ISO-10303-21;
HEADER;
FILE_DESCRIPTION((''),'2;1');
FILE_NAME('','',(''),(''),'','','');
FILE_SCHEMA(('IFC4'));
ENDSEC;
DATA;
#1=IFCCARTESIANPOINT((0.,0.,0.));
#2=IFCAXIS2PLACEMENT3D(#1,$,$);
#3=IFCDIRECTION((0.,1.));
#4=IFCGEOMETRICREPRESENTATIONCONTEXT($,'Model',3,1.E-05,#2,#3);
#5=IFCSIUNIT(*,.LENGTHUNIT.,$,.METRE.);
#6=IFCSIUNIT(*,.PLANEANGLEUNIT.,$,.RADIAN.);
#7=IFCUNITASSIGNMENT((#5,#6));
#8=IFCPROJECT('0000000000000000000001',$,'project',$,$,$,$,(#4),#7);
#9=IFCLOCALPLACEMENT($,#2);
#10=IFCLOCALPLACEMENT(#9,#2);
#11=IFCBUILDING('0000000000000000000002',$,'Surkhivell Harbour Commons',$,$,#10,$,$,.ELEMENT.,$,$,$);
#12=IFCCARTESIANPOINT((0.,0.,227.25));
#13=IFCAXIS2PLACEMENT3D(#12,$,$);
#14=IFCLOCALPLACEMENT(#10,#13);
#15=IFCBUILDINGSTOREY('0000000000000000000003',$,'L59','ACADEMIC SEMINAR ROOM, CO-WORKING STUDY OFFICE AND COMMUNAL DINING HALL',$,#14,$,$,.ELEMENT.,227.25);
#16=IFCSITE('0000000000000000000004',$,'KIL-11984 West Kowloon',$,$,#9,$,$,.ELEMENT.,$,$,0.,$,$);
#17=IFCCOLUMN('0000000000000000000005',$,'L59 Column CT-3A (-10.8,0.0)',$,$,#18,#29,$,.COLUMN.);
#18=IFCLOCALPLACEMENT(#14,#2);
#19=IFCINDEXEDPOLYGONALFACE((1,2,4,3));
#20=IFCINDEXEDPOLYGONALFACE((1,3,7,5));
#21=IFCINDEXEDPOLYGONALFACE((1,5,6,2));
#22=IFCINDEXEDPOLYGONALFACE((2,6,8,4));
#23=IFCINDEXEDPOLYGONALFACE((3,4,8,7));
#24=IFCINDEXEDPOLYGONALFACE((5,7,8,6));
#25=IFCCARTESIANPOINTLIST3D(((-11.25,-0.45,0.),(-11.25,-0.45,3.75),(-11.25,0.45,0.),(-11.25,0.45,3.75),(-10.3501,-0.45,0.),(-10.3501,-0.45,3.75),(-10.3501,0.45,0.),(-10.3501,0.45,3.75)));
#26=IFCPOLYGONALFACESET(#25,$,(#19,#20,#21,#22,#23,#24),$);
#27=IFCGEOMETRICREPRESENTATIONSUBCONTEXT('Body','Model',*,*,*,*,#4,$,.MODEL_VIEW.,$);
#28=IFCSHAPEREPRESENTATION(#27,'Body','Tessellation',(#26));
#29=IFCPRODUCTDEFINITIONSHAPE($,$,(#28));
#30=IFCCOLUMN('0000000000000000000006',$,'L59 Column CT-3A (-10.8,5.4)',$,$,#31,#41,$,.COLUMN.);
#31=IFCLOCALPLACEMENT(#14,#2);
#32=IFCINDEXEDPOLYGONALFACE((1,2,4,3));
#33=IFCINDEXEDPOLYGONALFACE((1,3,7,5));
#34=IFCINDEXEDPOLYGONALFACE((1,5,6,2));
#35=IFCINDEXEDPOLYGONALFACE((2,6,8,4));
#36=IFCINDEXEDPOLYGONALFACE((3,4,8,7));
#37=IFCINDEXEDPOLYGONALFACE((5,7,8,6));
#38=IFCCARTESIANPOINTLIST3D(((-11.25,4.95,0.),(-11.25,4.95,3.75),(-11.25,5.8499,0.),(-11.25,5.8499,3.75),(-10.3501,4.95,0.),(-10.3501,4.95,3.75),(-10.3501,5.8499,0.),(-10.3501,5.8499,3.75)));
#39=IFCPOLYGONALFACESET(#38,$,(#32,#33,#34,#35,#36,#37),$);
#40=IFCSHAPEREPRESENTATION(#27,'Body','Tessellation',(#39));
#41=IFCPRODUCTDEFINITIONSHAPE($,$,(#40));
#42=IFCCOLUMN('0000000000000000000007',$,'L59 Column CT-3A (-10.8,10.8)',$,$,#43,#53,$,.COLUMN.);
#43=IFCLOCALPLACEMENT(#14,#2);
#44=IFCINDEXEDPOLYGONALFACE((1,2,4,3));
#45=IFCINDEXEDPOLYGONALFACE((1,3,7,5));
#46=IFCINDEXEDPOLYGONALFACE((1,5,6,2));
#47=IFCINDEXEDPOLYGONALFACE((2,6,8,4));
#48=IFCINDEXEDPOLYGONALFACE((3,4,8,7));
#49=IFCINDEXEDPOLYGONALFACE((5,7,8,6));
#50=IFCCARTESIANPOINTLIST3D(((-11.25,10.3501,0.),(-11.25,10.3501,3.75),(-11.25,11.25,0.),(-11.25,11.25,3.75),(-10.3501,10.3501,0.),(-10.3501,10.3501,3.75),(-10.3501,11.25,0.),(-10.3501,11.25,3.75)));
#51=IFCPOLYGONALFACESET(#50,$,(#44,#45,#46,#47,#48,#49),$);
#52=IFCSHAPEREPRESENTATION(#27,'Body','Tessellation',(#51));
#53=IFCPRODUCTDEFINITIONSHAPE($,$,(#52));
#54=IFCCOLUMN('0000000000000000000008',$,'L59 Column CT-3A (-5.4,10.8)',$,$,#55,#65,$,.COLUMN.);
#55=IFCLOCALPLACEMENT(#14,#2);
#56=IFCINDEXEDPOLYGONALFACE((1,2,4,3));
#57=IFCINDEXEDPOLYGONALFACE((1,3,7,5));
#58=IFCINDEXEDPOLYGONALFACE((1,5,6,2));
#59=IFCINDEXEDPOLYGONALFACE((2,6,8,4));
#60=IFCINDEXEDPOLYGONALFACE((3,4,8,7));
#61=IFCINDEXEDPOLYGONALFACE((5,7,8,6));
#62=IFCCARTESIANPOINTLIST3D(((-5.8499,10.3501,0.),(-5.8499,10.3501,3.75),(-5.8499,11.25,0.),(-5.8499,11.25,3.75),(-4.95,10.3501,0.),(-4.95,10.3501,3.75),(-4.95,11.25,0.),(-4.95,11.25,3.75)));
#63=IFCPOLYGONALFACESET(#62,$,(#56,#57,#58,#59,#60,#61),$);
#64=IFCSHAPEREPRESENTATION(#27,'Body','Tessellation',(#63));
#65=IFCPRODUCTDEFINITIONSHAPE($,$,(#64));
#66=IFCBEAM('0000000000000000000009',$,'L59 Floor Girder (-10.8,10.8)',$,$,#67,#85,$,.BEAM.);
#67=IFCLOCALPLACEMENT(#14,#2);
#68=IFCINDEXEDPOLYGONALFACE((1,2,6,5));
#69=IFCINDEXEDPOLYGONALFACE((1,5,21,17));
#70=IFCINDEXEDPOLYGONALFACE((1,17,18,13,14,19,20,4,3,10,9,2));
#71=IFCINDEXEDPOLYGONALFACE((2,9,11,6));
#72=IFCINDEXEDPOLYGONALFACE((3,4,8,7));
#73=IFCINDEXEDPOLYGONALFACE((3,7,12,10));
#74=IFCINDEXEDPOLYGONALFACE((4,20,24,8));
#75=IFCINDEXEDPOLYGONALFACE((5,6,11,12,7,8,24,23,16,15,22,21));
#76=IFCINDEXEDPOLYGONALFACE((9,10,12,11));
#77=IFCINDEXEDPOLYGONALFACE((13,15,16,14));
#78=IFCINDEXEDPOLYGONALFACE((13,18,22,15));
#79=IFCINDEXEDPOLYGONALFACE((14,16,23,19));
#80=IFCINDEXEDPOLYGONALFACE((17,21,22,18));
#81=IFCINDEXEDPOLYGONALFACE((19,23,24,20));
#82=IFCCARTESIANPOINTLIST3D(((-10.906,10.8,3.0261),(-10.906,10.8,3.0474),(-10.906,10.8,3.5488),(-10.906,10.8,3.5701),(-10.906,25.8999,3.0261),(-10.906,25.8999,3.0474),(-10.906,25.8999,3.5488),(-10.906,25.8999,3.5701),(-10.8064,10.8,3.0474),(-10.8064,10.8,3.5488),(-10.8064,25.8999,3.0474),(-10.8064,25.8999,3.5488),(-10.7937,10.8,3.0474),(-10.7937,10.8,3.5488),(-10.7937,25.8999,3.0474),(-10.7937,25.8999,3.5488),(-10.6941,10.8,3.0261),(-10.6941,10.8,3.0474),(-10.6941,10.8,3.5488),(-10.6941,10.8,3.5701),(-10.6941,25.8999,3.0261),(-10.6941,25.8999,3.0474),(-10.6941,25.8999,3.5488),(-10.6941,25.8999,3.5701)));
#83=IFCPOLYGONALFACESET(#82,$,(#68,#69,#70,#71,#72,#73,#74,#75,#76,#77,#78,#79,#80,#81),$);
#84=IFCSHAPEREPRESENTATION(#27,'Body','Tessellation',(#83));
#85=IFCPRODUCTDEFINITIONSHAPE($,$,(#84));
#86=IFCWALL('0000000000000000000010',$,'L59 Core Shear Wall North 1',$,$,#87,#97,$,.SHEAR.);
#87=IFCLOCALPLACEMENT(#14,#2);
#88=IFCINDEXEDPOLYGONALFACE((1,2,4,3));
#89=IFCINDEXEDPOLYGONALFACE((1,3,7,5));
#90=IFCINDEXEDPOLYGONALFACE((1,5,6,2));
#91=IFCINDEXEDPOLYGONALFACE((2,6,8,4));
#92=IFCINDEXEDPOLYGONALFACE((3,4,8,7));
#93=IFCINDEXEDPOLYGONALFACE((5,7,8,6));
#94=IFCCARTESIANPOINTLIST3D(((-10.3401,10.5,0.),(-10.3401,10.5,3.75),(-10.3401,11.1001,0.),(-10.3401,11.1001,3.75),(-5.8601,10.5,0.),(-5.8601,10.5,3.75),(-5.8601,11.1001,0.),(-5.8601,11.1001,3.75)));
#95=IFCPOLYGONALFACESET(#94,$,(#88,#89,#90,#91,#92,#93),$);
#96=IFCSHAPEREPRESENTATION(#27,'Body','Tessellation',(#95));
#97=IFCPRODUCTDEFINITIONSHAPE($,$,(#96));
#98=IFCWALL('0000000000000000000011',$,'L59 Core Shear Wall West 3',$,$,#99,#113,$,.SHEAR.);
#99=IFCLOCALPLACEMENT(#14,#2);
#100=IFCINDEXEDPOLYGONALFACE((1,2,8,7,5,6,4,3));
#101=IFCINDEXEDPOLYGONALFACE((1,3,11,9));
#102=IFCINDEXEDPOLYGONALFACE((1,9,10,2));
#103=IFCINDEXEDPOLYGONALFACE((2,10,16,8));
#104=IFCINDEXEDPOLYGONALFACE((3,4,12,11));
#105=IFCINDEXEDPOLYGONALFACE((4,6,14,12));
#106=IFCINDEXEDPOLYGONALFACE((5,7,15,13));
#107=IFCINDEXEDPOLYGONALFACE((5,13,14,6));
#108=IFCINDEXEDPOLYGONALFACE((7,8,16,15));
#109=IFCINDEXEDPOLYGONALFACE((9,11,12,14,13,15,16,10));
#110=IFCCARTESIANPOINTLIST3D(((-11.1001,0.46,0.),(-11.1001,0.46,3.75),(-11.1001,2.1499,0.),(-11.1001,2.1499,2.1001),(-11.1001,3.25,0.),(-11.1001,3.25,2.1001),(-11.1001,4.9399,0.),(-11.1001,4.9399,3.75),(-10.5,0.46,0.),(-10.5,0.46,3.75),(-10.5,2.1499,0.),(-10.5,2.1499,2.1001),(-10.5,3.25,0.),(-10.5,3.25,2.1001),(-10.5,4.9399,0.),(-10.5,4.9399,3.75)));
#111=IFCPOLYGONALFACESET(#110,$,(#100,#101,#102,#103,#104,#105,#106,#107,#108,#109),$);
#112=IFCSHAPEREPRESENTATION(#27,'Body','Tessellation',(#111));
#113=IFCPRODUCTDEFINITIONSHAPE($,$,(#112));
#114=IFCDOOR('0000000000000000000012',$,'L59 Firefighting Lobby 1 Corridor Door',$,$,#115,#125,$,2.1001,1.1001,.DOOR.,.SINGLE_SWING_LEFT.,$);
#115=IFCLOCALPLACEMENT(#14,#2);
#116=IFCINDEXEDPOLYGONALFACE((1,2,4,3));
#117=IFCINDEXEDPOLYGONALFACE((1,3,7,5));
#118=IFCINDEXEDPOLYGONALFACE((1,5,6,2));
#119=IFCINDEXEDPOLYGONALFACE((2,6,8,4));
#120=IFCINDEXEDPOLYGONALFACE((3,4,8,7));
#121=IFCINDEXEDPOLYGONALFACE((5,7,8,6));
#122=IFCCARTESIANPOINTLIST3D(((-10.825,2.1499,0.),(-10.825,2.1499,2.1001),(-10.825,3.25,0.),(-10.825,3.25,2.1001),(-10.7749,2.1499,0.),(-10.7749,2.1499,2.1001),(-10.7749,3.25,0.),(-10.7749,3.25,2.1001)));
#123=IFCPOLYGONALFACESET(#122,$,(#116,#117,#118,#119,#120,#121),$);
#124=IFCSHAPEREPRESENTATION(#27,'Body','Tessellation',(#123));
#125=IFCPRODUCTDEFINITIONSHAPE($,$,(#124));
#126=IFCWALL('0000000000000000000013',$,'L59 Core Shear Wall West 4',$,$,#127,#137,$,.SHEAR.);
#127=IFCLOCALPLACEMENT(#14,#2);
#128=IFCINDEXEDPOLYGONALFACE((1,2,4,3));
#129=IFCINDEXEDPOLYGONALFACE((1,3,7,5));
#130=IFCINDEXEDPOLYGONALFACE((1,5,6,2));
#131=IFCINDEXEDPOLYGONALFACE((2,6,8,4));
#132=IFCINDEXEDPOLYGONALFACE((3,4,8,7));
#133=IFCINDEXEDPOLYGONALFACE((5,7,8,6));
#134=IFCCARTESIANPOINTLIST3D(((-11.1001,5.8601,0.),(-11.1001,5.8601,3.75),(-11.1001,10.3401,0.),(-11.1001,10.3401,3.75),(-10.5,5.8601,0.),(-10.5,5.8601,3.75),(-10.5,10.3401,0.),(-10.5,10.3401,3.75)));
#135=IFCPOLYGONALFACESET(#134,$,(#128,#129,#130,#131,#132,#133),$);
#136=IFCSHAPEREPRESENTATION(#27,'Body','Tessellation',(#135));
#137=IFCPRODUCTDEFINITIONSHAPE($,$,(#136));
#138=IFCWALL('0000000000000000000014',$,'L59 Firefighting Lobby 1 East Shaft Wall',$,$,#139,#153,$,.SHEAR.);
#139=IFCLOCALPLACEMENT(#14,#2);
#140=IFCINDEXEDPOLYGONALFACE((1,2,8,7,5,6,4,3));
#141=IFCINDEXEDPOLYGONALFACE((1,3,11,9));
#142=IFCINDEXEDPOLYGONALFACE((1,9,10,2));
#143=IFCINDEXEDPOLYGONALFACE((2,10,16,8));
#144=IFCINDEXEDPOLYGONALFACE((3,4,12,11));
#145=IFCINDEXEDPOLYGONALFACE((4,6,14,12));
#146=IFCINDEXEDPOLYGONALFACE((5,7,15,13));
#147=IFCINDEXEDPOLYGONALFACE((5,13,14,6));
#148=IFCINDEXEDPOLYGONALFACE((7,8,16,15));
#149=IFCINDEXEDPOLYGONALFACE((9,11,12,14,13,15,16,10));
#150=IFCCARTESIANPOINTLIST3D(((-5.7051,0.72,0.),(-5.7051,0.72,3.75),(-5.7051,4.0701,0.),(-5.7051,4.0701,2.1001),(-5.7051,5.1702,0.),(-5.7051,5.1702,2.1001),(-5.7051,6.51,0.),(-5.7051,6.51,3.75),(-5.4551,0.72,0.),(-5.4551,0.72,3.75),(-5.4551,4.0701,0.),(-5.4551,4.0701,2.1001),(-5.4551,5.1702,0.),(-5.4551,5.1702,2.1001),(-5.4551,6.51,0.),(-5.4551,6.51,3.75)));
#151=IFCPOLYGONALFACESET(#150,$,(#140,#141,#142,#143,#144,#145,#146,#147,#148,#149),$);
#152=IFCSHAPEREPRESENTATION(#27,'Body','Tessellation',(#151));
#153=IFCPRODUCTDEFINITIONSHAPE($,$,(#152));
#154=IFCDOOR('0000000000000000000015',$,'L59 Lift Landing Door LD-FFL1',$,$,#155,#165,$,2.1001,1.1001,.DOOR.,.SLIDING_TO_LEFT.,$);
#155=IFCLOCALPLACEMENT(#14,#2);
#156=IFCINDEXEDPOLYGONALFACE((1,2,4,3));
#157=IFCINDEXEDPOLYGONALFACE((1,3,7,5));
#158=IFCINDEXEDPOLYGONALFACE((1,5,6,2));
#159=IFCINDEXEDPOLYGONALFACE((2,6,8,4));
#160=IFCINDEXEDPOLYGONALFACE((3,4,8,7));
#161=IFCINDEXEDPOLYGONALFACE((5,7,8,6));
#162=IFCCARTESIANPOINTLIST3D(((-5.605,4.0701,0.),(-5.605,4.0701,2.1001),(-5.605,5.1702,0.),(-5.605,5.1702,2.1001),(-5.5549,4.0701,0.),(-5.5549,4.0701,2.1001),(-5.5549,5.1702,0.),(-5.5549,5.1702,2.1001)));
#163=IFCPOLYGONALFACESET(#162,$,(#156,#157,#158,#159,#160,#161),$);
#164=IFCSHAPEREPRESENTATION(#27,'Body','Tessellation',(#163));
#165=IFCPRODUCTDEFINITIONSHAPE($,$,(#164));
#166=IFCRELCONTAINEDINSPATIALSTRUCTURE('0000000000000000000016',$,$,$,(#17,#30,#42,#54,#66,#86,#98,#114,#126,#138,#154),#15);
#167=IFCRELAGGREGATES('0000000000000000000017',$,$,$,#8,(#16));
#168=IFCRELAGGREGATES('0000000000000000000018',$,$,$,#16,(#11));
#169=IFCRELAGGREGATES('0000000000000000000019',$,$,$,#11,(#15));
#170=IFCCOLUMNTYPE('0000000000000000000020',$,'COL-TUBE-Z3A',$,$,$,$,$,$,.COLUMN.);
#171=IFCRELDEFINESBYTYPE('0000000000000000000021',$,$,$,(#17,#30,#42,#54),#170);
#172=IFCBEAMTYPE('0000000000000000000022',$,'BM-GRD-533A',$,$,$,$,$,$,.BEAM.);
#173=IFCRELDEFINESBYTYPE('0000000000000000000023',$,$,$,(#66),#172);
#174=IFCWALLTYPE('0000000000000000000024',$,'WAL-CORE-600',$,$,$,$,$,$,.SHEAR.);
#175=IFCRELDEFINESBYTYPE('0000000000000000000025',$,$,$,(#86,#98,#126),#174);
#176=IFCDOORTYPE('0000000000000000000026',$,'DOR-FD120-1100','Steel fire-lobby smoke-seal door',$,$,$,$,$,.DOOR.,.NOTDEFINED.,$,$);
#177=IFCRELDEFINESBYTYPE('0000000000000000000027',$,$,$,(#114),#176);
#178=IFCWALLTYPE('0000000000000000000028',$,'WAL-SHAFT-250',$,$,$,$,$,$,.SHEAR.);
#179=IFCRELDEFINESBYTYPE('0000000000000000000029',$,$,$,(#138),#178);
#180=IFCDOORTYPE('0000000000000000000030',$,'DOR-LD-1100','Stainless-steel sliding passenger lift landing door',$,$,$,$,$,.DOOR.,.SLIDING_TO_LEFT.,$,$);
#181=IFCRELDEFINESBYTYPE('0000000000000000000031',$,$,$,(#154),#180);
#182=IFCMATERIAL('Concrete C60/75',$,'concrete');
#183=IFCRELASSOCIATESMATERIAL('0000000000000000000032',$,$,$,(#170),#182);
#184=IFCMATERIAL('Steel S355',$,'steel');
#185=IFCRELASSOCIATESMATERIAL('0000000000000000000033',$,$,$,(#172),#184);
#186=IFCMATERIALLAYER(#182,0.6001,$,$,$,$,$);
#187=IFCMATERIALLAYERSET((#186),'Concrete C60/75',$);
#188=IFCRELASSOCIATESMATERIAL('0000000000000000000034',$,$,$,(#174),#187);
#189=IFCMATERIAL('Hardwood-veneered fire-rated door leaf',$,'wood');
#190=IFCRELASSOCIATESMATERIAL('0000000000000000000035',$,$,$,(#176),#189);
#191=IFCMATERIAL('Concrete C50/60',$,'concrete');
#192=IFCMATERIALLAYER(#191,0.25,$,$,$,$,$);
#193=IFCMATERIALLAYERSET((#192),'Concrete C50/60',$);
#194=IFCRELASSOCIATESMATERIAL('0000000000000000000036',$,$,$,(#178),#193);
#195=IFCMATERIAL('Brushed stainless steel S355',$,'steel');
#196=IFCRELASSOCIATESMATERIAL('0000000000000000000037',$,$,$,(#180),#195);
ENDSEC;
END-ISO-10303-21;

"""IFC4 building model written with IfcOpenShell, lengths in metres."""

from ifc_helpers import new_model, si_unit, direction, frame, frame_2d, origin, origin_2d, place, context, subcontext, project, spatial, rectangle, i_section, extrude, material, layer, layer_set, material_profile, profile_set, type_object, element, fill, save


model = new_model("IFC4")

# Units and contexts
model_context = context("Model", 3, precision=1e-05, world=origin(), true_north=direction((0.0, 1.0)))
body_context = subcontext(model_context, "Body", "Model", "MODEL_VIEW")
ifc_project = project(units=[si_unit("LENGTHUNIT", "METRE"), si_unit("PLANEANGLEUNIT", "RADIAN")], contexts=[model_context])

# Site, building, storey
site_placement = place(None, origin())
site = spatial("IfcSite", under=ifc_project, at=site_placement, Name="KIL-11984 West Kowloon", CompositionType="ELEMENT", RefElevation=0.0)
building_placement = place(site_placement, origin())
building = spatial("IfcBuilding", under=site, at=building_placement, Name="Surkhivell Harbour Commons", CompositionType="ELEMENT")
storey_placement = place(building_placement, frame((0.0, 0.0, 227.25)))
storey = spatial("IfcBuildingStorey", under=building, at=storey_placement, Name="L59", Description="ACADEMIC SEMINAR ROOM, CO-WORKING STUDY OFFICE AND COMMUNAL DINING HALL", CompositionType="ELEMENT", Elevation=227.25)

# Columns
ifc_material_1 = material(Name="Concrete C60/75", Category="concrete")
ifc_material_profile_1 = material_profile(ifc_material_1, rectangle(XDim=0.8999, YDim=0.8999, at=origin_2d()), Name="RC-COL-900x900")
ifc_profile_set_1 = profile_set([ifc_material_profile_1], Name="Concrete C60/75")
column_type = type_object("IfcColumnType", Name="COL-TUBE-Z3A", PredefinedType="COLUMN", material=ifc_profile_set_1)
for number, where, z_axis, x_axis, name in (
    (1, (-10.8, 0.0, 0.0), (0.0, 0.0, 1.0), (1.0, 0.0, 0.0), "L59 Column CT-3A (-10.8,0.0)"),
    (2, (-10.8, 5.3999, 0.0), (0.0, 0.0, 1.0), (1.0, 0.0, 0.0), "L59 Column CT-3A (-10.8,5.4)"),
    (3, (-10.8, 10.8, 0.0), (0.0, 0.0, 1.0), (1.0, 0.0, 0.0), "L59 Column CT-3A (-10.8,10.8)"),
    (4, (-5.3999, 10.8, 0.0), (0.0, 0.0, 1.0), (1.0, 0.0, 0.0), "L59 Column CT-3A (-5.4,10.8)"),
):
    element("IfcColumn", number, at=place(storey_placement, frame(where, z_axis=z_axis, x_axis=x_axis)), inside=storey, type_object=column_type, Name=name, PredefinedType="COLUMN", context=body_context, shape_type="SweptSolid", body=[
        extrude(rectangle(XDim=0.8999, YDim=0.8999, at=origin_2d()), origin(), (0.0, 0.0, 1.0), 3.75),
    ])

# Beam
ifc_material_2 = material(Name="Steel S355", Category="steel")
ifc_material_profile_2 = material_profile(ifc_material_2, i_section(OverallWidth=0.2119, OverallDepth=0.5439, WebThickness=0.0127, FlangeThickness=0.0212, at=origin_2d()), Name="UB533x210x122")
ifc_profile_set_2 = profile_set([ifc_material_profile_2], Name="Steel S355")
beam_type = type_object("IfcBeamType", Name="BM-GRD-533A", PredefinedType="BEAM", material=ifc_profile_set_2)
beam_placement = place(storey_placement, frame((-10.8, 10.8, 3.2981), z_axis=(0.0, 1.0, 0.0), x_axis=(-1.0, 0.0, 0.0)))
element("IfcBeam", 5, at=beam_placement, inside=storey, type_object=beam_type, Name="L59 Floor Girder (-10.8,10.8)", PredefinedType="BEAM", context=body_context, shape_type="SweptSolid", body=[
    extrude(i_section(OverallWidth=0.2119, OverallDepth=0.5439, WebThickness=0.0127, FlangeThickness=0.0212, at=origin_2d()), origin(), (0.0, 0.0, 1.0), 15.0999),
])

# Wall
ifc_layer_1 = layer(ifc_material_1, 0.6001)
ifc_layer_set_1 = layer_set([ifc_layer_1], Name="Concrete C60/75")
wall_type_1 = type_object("IfcWallType", Name="WAL-CORE-600", PredefinedType="SHEAR", material=ifc_layer_set_1)
wall_1_placement = place(storey_placement, frame((-10.3401, 10.8, 0.0), z_axis=(0.0, 0.0, 1.0), x_axis=(1.0, 0.0, 0.0)))
element("IfcWall", 6, at=wall_1_placement, inside=storey, type_object=wall_type_1, Name="L59 Core Shear Wall North 1", PredefinedType="SHEAR", context=body_context, shape_type="SweptSolid", body=[
    extrude(rectangle(XDim=4.48, YDim=0.6001, at=frame_2d((2.24, 0.0))), origin(), (0.0, 0.0, 1.0), 3.75),
])

# Wall, opening, door
wall_2_placement = place(storey_placement, frame((-10.8, 0.46, 0.0), z_axis=(0.0, 0.0, 1.0), x_axis=(0.0, 1.0, 0.0)))
wall_2 = element("IfcWall", 7, at=wall_2_placement, inside=storey, type_object=wall_type_1, Name="L59 Core Shear Wall West 3", PredefinedType="SHEAR", context=body_context, shape_type="SweptSolid", body=[
    extrude(rectangle(XDim=4.48, YDim=0.6001, at=frame_2d((2.24, 0.0))), origin(), (0.0, 0.0, 1.0), 3.75),
])
opening_1_placement = place(wall_2_placement, frame((1.6899, 0.0, 0.0)))
opening_1 = element("IfcOpeningElement", 8, at=opening_1_placement, cuts=wall_2, PredefinedType="OPENING", context=body_context, shape_type="SweptSolid", body=[
    extrude(rectangle(XDim=1.1001, YDim=2.1001, at=frame_2d((0.55, 1.05))), frame((0.0, 0.3101, 0.0), z_axis=(0.0, -1.0, 0.0), x_axis=(1.0, 0.0, 0.0)), (0.0, 0.0, 1.0), 0.6201),
])
ifc_material_3 = material(Name="Hardwood-veneered fire-rated door leaf", Category="wood")
door_type_1 = type_object("IfcDoorType", Name="DOR-FD120-1100", Description="Steel fire-lobby smoke-seal door", OperationType="NOTDEFINED", PredefinedType="DOOR", material=ifc_material_3)
door_1_placement = place(opening_1_placement, origin())
door_1 = element("IfcDoor", 9, at=door_1_placement, inside=storey, type_object=door_type_1, Name="L59 Firefighting Lobby 1 Corridor Door", OperationType="SINGLE_SWING_LEFT", OverallHeight=2.1001, OverallWidth=1.1001, PredefinedType="DOOR", context=body_context, shape_type="SweptSolid", body=[
    extrude(rectangle(XDim=1.1001, YDim=2.1001, at=frame_2d((0.55, 1.05))), frame((0.0, 0.0249, 0.0), z_axis=(0.0, -1.0, 0.0), x_axis=(1.0, 0.0, 0.0)), (0.0, 0.0, 1.0), 0.05),
])
fill(opening_1, door_1)

# Wall
wall_3_placement = place(storey_placement, frame((-10.8, 5.8601, 0.0), z_axis=(0.0, 0.0, 1.0), x_axis=(0.0, 1.0, 0.0)))
element("IfcWall", 10, at=wall_3_placement, inside=storey, type_object=wall_type_1, Name="L59 Core Shear Wall West 4", PredefinedType="SHEAR", context=body_context, shape_type="SweptSolid", body=[
    extrude(rectangle(XDim=4.48, YDim=0.6001, at=frame_2d((2.24, 0.0))), origin(), (0.0, 0.0, 1.0), 3.75),
])

# Wall, opening, door
ifc_material_4 = material(Name="Concrete C50/60", Category="concrete")
ifc_layer_2 = layer(ifc_material_4, 0.25)
ifc_layer_set_2 = layer_set([ifc_layer_2], Name="Concrete C50/60")
wall_type_2 = type_object("IfcWallType", Name="WAL-SHAFT-250", PredefinedType="SHEAR", material=ifc_layer_set_2)
wall_4_placement = place(storey_placement, frame((-5.5801, 0.72, 0.0), z_axis=(0.0, 0.0, 1.0), x_axis=(0.0, 1.0, 0.0)))
wall_4 = element("IfcWall", 11, at=wall_4_placement, inside=storey, type_object=wall_type_2, Name="L59 Firefighting Lobby 1 East Shaft Wall", PredefinedType="SHEAR", context=body_context, shape_type="SweptSolid", body=[
    extrude(rectangle(XDim=5.79, YDim=0.25, at=frame_2d((2.895, 0.0))), origin(), (0.0, 0.0, 1.0), 3.75),
])
opening_2_placement = place(wall_4_placement, frame((3.3501, 0.0, 0.0)))
opening_2 = element("IfcOpeningElement", 12, at=opening_2_placement, cuts=wall_4, PredefinedType="OPENING", context=body_context, shape_type="SweptSolid", body=[
    extrude(rectangle(XDim=1.1001, YDim=2.1001, at=frame_2d((0.55, 1.05))), frame((0.0, 0.135, 0.0), z_axis=(0.0, -1.0, 0.0), x_axis=(1.0, 0.0, 0.0)), (0.0, 0.0, 1.0), 0.27),
])
ifc_material_5 = material(Name="Brushed stainless steel S355", Category="steel")
door_type_2 = type_object("IfcDoorType", Name="DOR-LD-1100", Description="Stainless-steel sliding passenger lift landing door", OperationType="SLIDING_TO_LEFT", PredefinedType="DOOR", material=ifc_material_5)
door_2_placement = place(opening_2_placement, origin())
door_2 = element("IfcDoor", 13, at=door_2_placement, inside=storey, type_object=door_type_2, Name="L59 Lift Landing Door LD-FFL1", OperationType="SLIDING_TO_LEFT", OverallHeight=2.1001, OverallWidth=1.1001, PredefinedType="DOOR", context=body_context, shape_type="SweptSolid", body=[
    extrude(rectangle(XDim=1.1001, YDim=2.1001, at=frame_2d((0.55, 1.05))), frame((0.0, 0.0249, 0.0), z_axis=(0.0, -1.0, 0.0), x_axis=(1.0, 0.0, 0.0)), (0.0, 0.0, 1.0), 0.05),
])
fill(opening_2, door_2)

save(model, "model.ifc")
